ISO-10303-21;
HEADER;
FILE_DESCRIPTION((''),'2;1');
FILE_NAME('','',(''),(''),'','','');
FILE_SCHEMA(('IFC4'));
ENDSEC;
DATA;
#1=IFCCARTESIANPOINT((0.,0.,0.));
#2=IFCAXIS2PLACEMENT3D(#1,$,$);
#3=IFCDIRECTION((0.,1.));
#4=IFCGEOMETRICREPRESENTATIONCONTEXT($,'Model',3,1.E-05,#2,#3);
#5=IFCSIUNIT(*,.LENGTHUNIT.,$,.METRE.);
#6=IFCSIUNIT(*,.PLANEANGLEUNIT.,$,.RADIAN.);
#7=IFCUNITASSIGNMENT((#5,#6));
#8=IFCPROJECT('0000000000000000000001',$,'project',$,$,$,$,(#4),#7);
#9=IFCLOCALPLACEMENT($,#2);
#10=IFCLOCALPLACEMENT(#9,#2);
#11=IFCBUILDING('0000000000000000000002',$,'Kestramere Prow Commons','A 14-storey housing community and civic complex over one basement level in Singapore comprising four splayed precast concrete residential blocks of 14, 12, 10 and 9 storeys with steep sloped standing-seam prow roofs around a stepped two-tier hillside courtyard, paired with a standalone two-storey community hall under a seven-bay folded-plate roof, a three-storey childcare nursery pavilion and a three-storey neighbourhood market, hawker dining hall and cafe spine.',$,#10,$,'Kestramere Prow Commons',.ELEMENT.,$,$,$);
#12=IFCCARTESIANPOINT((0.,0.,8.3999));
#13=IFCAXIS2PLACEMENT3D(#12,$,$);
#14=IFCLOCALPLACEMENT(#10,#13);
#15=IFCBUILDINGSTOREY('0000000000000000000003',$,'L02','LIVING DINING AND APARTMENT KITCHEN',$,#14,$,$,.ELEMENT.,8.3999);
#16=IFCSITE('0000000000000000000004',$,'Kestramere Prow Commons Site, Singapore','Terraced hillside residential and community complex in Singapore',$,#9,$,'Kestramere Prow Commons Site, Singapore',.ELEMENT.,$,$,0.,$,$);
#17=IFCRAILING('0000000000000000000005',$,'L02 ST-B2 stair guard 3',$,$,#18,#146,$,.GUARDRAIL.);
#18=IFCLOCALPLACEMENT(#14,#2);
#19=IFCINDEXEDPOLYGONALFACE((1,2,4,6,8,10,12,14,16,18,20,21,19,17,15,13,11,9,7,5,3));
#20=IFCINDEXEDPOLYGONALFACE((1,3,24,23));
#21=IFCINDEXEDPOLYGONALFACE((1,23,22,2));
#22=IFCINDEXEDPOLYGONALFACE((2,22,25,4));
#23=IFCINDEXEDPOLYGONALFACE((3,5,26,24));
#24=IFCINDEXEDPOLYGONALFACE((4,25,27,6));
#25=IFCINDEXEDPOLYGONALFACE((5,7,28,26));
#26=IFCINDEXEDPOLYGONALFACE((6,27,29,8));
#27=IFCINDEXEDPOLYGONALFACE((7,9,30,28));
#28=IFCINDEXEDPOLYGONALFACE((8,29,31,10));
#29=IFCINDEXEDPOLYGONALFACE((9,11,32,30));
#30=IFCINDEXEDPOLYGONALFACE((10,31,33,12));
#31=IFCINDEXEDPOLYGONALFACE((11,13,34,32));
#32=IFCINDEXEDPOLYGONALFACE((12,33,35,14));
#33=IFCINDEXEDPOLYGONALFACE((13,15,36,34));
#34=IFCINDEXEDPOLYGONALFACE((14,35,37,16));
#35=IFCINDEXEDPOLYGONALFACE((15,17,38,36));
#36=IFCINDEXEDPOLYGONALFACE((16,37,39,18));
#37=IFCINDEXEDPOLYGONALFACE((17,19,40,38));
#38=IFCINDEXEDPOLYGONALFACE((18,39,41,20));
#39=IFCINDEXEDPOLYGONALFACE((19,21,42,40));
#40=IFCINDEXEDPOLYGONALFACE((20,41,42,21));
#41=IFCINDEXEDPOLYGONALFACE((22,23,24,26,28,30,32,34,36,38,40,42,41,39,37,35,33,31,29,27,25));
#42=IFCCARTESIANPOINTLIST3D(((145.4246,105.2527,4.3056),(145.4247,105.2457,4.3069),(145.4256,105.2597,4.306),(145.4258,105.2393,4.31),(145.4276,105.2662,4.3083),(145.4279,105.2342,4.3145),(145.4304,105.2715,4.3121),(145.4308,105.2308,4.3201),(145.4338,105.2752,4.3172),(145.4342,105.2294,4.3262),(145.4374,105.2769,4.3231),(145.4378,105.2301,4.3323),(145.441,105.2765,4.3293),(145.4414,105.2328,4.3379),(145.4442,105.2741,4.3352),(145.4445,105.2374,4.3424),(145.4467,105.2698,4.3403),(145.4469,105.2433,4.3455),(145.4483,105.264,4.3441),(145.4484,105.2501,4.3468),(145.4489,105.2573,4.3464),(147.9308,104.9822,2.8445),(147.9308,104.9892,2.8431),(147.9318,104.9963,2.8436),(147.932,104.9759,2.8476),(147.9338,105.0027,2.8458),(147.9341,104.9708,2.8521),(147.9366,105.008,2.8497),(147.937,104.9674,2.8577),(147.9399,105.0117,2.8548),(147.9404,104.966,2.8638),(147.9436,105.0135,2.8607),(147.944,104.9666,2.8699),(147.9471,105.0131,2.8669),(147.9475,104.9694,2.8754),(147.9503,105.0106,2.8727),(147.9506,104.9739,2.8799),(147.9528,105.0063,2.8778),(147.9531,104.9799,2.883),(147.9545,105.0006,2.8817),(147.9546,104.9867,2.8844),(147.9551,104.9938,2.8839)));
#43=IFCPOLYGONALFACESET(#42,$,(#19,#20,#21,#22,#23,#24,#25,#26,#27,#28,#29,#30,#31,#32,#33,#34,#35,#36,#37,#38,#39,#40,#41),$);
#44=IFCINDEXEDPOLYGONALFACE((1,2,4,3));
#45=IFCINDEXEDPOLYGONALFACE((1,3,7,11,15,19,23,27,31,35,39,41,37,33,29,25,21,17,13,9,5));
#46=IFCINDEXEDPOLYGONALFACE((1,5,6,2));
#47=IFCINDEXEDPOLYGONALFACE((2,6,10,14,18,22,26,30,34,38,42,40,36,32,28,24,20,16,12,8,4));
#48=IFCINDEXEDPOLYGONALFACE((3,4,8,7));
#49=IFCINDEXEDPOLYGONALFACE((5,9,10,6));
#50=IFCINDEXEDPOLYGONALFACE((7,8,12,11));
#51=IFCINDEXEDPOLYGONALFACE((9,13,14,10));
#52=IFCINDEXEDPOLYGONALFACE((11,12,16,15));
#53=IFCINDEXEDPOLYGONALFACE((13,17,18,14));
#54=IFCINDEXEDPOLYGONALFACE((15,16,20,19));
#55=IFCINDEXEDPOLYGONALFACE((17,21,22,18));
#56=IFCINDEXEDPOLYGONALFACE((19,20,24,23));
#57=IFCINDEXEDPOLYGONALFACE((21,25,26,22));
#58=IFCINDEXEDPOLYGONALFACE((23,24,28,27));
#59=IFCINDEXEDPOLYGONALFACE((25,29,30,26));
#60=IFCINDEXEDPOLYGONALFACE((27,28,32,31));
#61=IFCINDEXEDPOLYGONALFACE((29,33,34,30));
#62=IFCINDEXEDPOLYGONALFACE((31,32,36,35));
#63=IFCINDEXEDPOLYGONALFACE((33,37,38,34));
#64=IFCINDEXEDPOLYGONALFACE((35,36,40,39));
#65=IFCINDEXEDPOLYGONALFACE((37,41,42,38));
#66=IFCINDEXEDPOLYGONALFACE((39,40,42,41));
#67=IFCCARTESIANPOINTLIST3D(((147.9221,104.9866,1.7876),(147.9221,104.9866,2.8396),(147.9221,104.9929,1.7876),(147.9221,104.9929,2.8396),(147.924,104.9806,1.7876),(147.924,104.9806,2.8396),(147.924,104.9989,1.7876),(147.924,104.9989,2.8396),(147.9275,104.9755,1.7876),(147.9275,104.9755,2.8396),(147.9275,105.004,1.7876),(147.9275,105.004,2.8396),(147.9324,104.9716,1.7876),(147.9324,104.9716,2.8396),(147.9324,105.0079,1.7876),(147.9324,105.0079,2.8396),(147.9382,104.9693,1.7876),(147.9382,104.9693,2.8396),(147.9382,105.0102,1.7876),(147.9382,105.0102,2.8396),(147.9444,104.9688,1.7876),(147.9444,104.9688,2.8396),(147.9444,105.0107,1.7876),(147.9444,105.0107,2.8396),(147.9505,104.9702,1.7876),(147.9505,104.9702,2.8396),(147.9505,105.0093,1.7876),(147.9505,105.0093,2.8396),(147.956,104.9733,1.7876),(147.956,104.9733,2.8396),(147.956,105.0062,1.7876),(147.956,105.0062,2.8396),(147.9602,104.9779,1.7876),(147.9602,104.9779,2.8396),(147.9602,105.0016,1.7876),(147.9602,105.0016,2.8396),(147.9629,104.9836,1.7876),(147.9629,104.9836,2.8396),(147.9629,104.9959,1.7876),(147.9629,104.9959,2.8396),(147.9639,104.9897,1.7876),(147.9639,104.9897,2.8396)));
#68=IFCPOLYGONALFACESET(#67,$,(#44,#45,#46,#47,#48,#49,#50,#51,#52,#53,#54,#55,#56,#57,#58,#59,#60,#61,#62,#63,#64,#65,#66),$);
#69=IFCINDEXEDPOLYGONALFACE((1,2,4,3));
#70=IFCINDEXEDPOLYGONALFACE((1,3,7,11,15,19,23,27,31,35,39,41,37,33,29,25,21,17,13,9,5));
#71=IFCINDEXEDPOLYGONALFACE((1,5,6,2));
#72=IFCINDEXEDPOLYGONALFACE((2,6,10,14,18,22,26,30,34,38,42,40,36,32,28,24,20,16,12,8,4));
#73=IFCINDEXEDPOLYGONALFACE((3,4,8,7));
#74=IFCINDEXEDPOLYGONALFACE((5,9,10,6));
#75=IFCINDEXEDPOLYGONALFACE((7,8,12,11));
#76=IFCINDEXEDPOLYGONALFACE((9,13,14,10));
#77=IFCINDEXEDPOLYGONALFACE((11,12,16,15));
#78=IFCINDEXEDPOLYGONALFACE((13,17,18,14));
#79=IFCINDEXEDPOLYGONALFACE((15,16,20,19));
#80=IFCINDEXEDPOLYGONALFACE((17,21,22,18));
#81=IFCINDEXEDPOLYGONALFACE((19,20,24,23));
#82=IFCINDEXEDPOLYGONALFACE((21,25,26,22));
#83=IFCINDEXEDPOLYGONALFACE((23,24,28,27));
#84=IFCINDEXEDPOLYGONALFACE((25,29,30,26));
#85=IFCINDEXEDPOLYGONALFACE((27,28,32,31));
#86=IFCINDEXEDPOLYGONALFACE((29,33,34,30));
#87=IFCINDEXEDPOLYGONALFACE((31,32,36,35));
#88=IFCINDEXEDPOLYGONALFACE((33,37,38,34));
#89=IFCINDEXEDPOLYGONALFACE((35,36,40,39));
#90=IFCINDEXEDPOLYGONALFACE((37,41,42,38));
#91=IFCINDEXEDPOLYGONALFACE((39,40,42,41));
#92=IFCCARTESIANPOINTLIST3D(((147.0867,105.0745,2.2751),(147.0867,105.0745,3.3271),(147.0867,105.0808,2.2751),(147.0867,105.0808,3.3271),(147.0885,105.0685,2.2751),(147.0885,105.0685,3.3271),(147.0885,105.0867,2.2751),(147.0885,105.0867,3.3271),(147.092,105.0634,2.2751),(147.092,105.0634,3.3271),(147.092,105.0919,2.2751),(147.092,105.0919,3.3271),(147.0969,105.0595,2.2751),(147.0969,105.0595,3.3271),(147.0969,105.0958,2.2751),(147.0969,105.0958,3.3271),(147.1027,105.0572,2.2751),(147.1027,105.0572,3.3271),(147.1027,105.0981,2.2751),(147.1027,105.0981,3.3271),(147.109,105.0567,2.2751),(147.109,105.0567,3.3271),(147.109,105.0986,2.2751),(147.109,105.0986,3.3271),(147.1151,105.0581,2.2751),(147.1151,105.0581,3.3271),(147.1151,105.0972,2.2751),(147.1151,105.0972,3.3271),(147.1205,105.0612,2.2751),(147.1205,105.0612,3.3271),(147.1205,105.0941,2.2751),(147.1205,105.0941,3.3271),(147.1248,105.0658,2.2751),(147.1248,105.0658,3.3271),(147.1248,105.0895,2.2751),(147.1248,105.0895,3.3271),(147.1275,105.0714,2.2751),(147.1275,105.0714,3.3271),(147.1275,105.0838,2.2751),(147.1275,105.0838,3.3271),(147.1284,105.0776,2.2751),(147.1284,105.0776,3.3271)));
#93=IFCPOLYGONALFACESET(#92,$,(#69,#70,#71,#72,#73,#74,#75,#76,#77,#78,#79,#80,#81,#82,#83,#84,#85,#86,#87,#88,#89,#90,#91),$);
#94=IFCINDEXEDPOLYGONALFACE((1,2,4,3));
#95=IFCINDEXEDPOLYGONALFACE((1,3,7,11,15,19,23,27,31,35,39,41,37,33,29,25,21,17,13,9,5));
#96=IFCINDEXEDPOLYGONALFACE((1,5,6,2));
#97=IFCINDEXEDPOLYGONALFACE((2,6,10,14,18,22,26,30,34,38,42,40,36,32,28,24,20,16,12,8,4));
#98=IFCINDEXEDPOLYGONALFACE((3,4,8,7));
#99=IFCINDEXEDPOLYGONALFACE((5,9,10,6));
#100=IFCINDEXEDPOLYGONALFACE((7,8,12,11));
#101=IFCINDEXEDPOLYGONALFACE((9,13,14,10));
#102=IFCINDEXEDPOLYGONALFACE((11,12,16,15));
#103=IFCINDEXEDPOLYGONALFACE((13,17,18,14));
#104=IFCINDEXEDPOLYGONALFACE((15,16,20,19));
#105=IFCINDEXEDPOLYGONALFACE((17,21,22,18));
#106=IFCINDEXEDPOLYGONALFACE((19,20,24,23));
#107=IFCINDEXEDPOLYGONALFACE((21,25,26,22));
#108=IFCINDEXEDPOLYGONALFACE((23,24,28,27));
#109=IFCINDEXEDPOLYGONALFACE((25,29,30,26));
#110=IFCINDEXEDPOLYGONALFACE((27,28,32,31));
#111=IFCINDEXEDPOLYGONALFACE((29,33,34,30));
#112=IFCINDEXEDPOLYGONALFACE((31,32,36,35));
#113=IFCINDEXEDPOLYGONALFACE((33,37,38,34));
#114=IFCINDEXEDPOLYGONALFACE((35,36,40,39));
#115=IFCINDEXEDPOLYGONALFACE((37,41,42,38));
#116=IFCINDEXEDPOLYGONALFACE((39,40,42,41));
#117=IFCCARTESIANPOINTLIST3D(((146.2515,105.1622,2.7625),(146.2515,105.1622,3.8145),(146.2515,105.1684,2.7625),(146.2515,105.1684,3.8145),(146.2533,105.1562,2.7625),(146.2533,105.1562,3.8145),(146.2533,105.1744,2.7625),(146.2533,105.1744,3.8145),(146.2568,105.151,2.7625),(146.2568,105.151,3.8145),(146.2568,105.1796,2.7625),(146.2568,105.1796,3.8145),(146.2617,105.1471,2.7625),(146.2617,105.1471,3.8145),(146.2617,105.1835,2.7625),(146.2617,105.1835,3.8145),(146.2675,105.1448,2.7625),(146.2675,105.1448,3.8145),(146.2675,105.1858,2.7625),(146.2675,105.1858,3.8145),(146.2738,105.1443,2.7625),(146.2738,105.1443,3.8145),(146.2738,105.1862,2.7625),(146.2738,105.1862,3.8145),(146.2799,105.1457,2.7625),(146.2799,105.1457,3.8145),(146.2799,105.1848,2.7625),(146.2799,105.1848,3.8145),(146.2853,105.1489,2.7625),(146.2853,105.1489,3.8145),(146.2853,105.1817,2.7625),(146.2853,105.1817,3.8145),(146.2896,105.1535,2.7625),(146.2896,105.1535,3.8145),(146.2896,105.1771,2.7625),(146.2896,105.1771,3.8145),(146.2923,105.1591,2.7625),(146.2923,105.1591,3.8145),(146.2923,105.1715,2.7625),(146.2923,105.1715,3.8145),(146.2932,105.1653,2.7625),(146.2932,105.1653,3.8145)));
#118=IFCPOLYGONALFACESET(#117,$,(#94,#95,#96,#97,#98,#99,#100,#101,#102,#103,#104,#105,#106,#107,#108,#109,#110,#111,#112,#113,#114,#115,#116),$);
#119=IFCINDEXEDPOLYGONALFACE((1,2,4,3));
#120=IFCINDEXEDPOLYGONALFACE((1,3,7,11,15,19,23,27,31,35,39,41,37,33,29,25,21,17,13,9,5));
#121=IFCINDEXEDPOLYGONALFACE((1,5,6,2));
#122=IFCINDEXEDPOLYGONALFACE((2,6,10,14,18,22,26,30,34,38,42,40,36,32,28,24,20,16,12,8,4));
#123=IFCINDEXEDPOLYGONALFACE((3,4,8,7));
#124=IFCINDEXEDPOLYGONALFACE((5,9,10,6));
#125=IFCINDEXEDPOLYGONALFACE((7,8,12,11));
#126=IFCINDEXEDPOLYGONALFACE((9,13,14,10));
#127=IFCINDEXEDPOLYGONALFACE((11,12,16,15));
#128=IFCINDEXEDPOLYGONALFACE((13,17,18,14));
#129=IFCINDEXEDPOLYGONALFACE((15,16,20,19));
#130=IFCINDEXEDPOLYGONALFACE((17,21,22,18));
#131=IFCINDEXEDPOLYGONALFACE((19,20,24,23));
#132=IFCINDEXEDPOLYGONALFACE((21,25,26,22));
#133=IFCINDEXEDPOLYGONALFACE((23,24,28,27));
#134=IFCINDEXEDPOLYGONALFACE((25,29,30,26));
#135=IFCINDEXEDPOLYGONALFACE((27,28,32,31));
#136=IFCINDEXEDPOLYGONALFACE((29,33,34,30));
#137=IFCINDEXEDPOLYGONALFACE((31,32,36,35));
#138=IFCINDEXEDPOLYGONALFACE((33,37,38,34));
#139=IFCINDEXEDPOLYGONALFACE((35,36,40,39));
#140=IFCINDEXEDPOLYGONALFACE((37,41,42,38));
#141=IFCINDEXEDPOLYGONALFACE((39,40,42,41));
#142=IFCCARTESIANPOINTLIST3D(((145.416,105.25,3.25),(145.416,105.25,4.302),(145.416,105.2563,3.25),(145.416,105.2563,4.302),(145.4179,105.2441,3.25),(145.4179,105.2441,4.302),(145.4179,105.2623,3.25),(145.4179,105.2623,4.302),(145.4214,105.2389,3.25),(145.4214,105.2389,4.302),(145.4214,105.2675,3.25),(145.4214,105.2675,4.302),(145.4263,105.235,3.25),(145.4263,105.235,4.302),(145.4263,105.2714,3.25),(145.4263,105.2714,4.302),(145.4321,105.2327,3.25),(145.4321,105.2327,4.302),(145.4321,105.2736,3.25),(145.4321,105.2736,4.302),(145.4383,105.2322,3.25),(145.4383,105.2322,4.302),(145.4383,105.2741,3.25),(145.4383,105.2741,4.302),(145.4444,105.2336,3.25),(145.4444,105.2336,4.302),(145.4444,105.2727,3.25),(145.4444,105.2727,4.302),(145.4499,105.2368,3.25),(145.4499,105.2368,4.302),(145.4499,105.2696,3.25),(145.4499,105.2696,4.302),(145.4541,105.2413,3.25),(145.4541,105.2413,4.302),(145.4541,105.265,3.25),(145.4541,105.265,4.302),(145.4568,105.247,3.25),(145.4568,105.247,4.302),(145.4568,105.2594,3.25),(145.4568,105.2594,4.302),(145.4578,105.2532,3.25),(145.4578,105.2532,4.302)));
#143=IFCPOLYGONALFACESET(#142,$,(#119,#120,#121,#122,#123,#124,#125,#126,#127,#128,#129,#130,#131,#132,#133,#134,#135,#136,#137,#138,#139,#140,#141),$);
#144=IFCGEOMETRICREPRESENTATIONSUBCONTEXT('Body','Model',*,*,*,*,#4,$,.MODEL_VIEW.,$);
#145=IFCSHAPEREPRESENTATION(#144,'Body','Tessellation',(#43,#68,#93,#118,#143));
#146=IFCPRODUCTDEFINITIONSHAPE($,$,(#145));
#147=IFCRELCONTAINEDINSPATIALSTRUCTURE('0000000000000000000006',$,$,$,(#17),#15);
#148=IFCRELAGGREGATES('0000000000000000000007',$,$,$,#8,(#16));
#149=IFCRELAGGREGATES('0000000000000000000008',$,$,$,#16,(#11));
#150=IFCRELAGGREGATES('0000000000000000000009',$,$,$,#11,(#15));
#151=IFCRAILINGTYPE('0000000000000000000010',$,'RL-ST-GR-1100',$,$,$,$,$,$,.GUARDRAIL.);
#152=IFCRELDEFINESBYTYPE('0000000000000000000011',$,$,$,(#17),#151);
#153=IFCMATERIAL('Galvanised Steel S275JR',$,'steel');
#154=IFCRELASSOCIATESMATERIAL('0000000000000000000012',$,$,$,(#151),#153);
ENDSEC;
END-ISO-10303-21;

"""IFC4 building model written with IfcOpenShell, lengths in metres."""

from ifc_helpers import new_model, si_unit, direction, frame, origin, origin_2d, place, context, subcontext, project, spatial, circle, extrude, material, type_object, element, save


model = new_model("IFC4")

# Units and contexts
model_context = context("Model", 3, precision=1e-05, world=origin(), true_north=direction((0.0, 1.0)))
body_context = subcontext(model_context, "Body", "Model", "MODEL_VIEW")
ifc_project = project(units=[si_unit("LENGTHUNIT", "METRE"), si_unit("PLANEANGLEUNIT", "RADIAN")], contexts=[model_context])

# Site, building, storey
site_placement = place(None, origin())
site = spatial("IfcSite", under=ifc_project, at=site_placement, Name="Kestramere Prow Commons Site, Singapore", Description="Terraced hillside residential and community complex in Singapore", LongName="Kestramere Prow Commons Site, Singapore", CompositionType="ELEMENT", RefElevation=0.0)
building_placement = place(site_placement, origin())
building = spatial("IfcBuilding", under=site, at=building_placement, Name="Kestramere Prow Commons", Description="A 14-storey housing community and civic complex over one basement level in Singapore comprising four splayed precast concrete residential blocks of 14, 12, 10 and 9 storeys with steep sloped standing-seam prow roofs around a stepped two-tier hillside courtyard, paired with a standalone two-storey community hall under a seven-bay folded-plate roof, a three-storey childcare nursery pavilion and a three-storey neighbourhood market, hawker dining hall and cafe spine.", LongName="Kestramere Prow Commons", CompositionType="ELEMENT")
storey_placement = place(building_placement, frame((0.0, 0.0, 8.3999)))
storey = spatial("IfcBuildingStorey", under=building, at=storey_placement, Name="L02", Description="LIVING DINING AND APARTMENT KITCHEN", CompositionType="ELEMENT", Elevation=8.3999)

# Railing
ifc_material_1 = material(Name="Galvanised Steel S275JR", Category="steel")
railing_type_1 = type_object("IfcRailingType", Name="RL-ST-GR-1100", PredefinedType="GUARDRAIL", material=ifc_material_1)
railing_1_placement = place(storey_placement, frame((147.9429, 104.9897, 1.7876)))
element("IfcRailing", 1, at=railing_1_placement, inside=storey, type_object=railing_type_1, Name="L02 ST-B2 stair guard 3", PredefinedType="GUARDRAIL", context=body_context, shape_type="SweptSolid", body=[
    extrude(circle(Radius=0.0239, at=origin_2d()), frame((0.0, 0.0, 1.0762), z_axis=(-0.860165, 0.090416, 0.501937), x_axis=(-0.104539, -0.994521, 0.0)), (0.0, 0.0, 1.0), 2.9136),
    extrude(circle(Radius=0.021, at=origin_2d()), origin(), (0.0, 0.0, 1.0), 1.052),
    extrude(circle(Radius=0.021, at=origin_2d()), frame((-0.8354, 0.0879, 0.4875)), (0.0, 0.0, 1.0), 1.052),
    extrude(circle(Radius=0.021, at=origin_2d()), frame((-1.6707, 0.1755, 0.9749)), (0.0, 0.0, 1.0), 1.052),
    extrude(circle(Radius=0.021, at=origin_2d()), frame((-2.5061, 0.2634, 1.4624)), (0.0, 0.0, 1.0), 1.052),
])

save(model, "model.ifc")
